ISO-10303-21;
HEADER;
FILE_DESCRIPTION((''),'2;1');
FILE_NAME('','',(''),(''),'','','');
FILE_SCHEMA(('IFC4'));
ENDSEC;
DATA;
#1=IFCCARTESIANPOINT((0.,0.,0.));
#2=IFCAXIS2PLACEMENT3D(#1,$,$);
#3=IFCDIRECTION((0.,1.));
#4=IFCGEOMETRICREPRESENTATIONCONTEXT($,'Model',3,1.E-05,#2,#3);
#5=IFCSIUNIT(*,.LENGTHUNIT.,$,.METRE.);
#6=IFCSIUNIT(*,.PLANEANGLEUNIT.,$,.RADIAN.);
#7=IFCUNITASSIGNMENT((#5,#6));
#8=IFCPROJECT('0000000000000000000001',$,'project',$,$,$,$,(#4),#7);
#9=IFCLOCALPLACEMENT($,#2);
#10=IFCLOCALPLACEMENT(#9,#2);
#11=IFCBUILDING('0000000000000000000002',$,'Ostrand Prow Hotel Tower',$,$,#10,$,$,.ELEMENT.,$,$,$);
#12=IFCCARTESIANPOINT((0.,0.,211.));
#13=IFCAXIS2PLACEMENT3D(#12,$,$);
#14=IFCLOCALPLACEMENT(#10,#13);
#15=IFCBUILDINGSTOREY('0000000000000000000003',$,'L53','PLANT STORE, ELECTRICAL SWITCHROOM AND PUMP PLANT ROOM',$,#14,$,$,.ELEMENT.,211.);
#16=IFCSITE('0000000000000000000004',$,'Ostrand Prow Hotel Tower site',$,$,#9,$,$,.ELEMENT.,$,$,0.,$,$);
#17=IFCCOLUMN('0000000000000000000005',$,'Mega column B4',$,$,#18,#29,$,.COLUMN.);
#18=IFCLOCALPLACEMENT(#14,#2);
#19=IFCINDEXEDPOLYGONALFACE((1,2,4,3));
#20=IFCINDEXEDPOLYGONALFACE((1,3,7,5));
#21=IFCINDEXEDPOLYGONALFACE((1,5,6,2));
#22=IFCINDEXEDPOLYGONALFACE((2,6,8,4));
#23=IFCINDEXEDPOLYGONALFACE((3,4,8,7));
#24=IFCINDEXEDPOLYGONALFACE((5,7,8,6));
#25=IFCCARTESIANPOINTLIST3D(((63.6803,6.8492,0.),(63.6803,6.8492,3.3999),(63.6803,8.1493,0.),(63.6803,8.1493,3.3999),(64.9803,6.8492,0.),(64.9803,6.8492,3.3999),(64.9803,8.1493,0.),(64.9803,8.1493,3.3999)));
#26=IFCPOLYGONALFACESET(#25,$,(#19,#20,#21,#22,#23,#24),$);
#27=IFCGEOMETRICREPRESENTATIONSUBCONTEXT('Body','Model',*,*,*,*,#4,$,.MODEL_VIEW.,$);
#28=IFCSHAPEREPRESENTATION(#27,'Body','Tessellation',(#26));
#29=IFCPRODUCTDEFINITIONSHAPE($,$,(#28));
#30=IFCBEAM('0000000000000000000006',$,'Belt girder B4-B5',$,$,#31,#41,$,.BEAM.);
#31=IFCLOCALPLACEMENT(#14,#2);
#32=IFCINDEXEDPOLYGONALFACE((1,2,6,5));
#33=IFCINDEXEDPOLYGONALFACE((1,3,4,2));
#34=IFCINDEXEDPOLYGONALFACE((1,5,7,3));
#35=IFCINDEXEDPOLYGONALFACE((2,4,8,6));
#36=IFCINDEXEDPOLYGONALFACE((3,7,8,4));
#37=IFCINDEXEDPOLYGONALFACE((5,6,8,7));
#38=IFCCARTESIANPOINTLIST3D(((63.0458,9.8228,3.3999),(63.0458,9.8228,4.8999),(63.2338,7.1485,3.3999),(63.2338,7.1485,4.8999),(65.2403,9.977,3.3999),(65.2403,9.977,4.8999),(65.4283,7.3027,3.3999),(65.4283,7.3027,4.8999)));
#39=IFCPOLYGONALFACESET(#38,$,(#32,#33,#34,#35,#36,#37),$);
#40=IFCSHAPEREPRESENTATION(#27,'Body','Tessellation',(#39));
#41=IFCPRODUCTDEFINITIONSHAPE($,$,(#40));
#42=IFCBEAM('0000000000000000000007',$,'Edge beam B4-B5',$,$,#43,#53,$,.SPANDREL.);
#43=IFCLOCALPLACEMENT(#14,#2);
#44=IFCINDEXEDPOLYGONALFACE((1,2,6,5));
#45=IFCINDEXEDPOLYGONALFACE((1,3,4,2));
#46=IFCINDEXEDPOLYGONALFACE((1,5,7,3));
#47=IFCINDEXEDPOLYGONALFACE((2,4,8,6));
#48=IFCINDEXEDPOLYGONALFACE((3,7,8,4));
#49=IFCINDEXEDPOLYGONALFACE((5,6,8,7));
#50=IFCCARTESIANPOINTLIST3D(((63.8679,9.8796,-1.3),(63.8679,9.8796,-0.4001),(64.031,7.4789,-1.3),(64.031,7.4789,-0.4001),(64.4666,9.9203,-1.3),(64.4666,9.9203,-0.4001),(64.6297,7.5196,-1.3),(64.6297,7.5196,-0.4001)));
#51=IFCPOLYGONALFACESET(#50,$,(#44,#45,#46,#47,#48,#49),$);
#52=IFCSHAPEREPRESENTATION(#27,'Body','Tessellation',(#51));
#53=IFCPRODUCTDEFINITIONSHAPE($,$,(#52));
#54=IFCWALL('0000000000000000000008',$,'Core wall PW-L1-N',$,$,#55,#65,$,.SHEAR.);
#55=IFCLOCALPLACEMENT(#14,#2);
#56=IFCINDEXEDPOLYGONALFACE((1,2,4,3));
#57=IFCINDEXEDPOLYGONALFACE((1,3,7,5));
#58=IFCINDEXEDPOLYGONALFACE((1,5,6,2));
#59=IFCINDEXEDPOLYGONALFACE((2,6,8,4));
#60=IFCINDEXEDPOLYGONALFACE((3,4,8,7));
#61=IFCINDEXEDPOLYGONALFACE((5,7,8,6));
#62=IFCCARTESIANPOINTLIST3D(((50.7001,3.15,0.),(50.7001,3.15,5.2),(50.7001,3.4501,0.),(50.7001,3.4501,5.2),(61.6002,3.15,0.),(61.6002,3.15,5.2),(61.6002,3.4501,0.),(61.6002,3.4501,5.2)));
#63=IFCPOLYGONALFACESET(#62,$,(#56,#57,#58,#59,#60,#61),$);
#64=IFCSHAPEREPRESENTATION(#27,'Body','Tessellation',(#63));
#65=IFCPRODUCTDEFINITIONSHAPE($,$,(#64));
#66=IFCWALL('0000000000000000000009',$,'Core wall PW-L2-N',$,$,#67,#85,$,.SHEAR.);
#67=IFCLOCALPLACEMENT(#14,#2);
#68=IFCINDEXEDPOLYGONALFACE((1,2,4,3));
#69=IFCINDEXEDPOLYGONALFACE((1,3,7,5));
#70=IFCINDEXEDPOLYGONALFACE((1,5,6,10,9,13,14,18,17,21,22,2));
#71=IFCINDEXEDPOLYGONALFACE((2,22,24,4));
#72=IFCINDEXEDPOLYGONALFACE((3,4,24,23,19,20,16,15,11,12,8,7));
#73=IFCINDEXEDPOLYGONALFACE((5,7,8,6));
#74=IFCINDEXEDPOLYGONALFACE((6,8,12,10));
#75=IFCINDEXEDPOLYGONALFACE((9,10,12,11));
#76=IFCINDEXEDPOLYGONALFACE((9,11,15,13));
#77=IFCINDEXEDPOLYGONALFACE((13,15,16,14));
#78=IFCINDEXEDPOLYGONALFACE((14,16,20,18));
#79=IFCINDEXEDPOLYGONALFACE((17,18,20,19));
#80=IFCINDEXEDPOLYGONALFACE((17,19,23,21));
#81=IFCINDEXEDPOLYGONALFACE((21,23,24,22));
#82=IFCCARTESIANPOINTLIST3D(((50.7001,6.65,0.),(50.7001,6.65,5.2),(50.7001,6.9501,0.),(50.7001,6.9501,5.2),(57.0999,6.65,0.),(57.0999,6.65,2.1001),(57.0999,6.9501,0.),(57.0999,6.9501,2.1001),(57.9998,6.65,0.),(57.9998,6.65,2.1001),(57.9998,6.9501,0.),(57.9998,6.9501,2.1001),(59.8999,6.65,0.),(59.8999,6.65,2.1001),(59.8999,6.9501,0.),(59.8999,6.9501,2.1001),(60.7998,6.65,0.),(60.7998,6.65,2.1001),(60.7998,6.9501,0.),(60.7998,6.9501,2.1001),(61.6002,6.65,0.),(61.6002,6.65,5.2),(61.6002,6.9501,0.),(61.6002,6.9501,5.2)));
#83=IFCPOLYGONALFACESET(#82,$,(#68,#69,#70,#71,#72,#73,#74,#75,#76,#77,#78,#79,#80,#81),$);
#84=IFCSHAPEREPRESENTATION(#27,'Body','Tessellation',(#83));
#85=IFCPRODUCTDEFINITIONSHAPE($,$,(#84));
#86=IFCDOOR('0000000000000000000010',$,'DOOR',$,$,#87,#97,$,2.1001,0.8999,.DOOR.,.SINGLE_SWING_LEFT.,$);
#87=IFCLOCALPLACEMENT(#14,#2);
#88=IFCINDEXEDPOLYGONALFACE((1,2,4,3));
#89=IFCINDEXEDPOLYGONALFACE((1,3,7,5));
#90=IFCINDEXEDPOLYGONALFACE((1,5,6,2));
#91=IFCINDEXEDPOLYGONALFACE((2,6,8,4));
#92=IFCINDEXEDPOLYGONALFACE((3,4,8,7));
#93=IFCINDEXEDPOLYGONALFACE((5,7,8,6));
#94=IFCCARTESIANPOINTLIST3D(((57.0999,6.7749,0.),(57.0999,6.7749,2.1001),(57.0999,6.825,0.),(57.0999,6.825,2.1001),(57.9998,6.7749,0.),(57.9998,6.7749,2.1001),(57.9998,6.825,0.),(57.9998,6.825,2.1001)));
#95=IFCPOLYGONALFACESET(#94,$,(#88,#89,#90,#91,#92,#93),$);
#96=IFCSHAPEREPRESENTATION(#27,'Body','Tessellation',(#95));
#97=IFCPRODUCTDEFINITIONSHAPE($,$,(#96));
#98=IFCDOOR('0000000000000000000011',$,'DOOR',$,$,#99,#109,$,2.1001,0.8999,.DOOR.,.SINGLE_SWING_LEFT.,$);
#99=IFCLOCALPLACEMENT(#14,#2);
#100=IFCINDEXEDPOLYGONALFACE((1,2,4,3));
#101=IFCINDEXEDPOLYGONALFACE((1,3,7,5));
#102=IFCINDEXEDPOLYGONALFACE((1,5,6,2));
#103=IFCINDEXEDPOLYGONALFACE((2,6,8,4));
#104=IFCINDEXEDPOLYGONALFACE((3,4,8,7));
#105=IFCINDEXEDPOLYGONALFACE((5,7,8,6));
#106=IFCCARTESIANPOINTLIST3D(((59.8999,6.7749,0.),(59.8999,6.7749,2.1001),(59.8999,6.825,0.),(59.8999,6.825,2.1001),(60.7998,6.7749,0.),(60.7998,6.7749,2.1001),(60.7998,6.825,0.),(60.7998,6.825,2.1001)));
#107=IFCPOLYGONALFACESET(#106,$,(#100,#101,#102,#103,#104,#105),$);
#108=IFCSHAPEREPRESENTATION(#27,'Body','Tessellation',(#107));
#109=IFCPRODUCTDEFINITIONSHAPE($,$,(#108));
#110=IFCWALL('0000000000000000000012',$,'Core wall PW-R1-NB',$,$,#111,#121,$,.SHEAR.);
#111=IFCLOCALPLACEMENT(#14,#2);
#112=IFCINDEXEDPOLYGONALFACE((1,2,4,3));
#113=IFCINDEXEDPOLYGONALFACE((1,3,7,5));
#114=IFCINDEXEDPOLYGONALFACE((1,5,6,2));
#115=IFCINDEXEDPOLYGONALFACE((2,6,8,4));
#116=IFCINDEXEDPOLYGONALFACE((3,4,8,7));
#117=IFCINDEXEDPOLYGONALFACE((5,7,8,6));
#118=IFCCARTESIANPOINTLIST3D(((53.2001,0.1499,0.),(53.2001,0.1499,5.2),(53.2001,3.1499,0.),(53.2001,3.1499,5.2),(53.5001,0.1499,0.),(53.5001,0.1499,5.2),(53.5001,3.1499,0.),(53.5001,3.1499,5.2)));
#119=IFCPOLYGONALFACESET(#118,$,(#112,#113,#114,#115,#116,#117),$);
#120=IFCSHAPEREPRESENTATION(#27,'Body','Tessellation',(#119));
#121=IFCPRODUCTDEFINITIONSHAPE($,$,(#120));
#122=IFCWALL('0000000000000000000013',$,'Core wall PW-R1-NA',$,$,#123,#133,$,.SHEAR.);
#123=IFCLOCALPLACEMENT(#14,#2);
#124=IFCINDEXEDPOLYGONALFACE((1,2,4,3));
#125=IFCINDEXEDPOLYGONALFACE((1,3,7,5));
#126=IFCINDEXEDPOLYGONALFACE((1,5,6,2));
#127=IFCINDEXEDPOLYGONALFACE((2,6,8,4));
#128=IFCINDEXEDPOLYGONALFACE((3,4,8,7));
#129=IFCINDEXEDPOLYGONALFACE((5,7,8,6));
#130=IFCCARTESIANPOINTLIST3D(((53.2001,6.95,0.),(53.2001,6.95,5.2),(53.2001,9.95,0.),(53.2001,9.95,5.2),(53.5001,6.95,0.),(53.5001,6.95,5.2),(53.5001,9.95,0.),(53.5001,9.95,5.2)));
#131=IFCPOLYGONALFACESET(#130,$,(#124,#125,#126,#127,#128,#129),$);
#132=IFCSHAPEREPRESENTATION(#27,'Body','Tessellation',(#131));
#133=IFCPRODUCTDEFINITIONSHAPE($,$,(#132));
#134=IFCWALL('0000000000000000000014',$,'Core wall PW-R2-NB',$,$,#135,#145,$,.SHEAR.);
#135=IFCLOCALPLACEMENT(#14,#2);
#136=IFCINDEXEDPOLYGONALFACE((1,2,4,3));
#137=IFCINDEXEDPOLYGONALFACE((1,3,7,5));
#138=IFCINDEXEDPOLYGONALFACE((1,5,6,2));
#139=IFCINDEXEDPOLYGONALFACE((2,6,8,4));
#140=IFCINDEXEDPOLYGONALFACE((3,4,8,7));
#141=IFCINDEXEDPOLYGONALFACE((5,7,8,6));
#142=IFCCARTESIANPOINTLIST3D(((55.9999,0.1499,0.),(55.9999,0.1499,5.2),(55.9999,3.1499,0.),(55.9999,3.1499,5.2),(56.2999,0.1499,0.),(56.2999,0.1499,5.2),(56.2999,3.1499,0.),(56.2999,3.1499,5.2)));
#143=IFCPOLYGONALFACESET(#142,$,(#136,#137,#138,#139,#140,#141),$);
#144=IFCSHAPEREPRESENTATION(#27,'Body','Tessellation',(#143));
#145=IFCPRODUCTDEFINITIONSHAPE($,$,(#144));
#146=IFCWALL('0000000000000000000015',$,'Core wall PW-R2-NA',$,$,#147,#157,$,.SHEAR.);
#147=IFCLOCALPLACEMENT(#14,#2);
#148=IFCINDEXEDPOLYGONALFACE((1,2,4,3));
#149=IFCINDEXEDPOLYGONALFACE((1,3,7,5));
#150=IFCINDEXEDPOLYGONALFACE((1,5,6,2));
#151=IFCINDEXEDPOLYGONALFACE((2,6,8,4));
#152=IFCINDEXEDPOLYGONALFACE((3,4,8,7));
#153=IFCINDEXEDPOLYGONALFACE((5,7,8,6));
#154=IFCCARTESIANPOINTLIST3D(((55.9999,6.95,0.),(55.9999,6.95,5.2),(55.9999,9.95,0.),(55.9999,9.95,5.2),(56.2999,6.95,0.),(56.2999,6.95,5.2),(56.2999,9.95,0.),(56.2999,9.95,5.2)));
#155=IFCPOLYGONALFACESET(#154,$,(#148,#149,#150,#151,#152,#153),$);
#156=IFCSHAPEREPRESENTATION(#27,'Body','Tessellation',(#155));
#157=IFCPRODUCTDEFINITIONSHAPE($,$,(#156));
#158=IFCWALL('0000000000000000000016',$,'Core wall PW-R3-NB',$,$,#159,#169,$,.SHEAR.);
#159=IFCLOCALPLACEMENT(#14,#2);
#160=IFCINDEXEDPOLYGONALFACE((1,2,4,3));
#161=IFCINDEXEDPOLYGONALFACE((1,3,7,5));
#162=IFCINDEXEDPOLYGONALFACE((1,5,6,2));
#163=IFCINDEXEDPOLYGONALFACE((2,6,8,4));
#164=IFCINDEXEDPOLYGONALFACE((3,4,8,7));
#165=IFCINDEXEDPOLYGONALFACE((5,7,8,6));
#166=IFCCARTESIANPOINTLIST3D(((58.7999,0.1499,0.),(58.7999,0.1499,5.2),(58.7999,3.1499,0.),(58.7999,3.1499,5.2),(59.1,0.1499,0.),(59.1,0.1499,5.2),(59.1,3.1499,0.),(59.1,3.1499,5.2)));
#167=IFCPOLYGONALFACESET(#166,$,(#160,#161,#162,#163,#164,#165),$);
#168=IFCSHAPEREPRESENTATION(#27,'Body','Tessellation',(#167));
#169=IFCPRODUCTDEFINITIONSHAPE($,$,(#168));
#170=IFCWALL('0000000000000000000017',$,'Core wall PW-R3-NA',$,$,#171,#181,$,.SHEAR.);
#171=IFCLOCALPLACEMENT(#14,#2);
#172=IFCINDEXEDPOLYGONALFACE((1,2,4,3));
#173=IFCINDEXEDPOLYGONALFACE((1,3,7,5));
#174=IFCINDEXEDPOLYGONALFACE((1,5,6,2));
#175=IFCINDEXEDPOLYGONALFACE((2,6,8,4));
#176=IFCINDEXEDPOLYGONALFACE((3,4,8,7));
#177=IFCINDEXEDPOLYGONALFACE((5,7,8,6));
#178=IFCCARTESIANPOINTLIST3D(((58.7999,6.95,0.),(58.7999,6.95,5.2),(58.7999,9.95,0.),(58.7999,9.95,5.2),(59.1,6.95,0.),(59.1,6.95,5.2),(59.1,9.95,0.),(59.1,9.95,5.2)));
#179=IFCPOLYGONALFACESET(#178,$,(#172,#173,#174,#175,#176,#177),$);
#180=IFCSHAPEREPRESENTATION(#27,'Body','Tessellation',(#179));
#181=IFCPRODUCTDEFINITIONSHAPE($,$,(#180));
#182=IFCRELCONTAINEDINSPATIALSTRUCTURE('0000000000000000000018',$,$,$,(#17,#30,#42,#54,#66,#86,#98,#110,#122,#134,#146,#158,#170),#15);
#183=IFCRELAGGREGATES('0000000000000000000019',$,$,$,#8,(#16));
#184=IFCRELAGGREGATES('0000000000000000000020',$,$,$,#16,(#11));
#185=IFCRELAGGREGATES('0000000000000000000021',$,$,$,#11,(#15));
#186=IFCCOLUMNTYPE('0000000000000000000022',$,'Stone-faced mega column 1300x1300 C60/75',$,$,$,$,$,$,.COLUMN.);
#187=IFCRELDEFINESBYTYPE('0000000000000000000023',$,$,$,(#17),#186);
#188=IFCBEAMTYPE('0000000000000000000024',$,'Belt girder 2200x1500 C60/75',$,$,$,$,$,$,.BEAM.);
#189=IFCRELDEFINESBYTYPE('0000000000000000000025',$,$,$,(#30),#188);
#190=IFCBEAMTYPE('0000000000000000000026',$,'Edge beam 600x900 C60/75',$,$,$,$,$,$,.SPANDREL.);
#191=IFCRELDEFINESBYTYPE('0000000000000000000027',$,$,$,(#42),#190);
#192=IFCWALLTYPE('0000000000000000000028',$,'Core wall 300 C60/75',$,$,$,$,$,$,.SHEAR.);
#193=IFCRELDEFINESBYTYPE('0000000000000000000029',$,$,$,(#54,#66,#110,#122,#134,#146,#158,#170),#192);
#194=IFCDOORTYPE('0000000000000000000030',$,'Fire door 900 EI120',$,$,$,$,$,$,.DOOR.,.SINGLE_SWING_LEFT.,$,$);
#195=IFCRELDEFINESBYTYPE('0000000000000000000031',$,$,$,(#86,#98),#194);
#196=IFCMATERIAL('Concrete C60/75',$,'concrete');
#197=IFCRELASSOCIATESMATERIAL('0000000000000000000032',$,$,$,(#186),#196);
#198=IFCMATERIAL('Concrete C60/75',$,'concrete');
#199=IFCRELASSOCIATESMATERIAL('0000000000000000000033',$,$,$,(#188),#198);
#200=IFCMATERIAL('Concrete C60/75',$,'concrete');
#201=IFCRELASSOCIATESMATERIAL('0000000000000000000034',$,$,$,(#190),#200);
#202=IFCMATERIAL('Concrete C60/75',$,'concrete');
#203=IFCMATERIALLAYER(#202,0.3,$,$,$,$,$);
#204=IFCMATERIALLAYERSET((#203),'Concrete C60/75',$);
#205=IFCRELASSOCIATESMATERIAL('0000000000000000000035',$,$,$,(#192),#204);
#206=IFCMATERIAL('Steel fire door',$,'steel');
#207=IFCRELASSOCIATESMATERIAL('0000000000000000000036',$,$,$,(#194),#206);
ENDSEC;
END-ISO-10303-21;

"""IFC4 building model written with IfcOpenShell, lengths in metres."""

from ifc_helpers import new_model, si_unit, direction, frame, frame_2d, origin, origin_2d, place, context, subcontext, project, spatial, rectangle, extrude, material, layer, layer_set, material_profile, profile_set, type_object, element, fill, save


model = new_model("IFC4")

# Units and contexts
model_context = context("Model", 3, precision=1e-05, world=origin(), true_north=direction((0.0, 1.0)))
body_context = subcontext(model_context, "Body", "Model", "MODEL_VIEW")
ifc_project = project(units=[si_unit("LENGTHUNIT", "METRE"), si_unit("PLANEANGLEUNIT", "RADIAN")], contexts=[model_context])

# Site, building, storey
site_placement = place(None, origin())
site = spatial("IfcSite", under=ifc_project, at=site_placement, Name="Ostrand Prow Hotel Tower site", CompositionType="ELEMENT", RefElevation=0.0)
building_placement = place(site_placement, origin())
building = spatial("IfcBuilding", under=site, at=building_placement, Name="Ostrand Prow Hotel Tower", CompositionType="ELEMENT")
storey_placement = place(building_placement, frame((0.0, 0.0, 211.0)))
storey = spatial("IfcBuildingStorey", under=building, at=storey_placement, Name="L53", Description="PLANT STORE, ELECTRICAL SWITCHROOM AND PUMP PLANT ROOM", CompositionType="ELEMENT", Elevation=211.0)

# Column
ifc_material_1 = material(Name="Concrete C60/75", Category="concrete")
ifc_material_profile_1 = material_profile(ifc_material_1, rectangle(XDim=1.3, YDim=1.3, at=origin_2d()), Name="RC 1300x1300")
ifc_profile_set_1 = profile_set([ifc_material_profile_1], Name="Concrete C60/75")
column_type = type_object("IfcColumnType", Name="Stone-faced mega column 1300x1300 C60/75", PredefinedType="COLUMN", material=ifc_profile_set_1)
column_placement = place(storey_placement, frame((64.3303, 7.4993, 0.0), z_axis=(0.0, 0.0, 1.0), x_axis=(1.0, 0.0, 0.0)))
element("IfcColumn", 1, at=column_placement, inside=storey, type_object=column_type, Name="Mega column B4", PredefinedType="COLUMN", context=body_context, shape_type="SweptSolid", body=[
    extrude(rectangle(XDim=1.3, YDim=1.3, at=origin_2d()), origin(), (0.0, 0.0, 1.0), 3.3999),
])

# Beams
ifc_material_2 = material(Name="Concrete C60/75", Category="concrete")
ifc_material_profile_2 = material_profile(ifc_material_2, rectangle(XDim=2.2, YDim=1.5, at=origin_2d()), Name="RC 2200x1500")
ifc_profile_set_2 = profile_set([ifc_material_profile_2], Name="Concrete C60/75")
beam_type_1 = type_object("IfcBeamType", Name="Belt girder 2200x1500 C60/75", PredefinedType="BEAM", material=ifc_profile_set_2)
beam_1_placement = place(storey_placement, frame((64.3311, 7.2256, 4.1499), z_axis=(-0.070121, 0.997538, 0.0), x_axis=(-0.997538, -0.070121, 0.0)))
element("IfcBeam", 2, at=beam_1_placement, inside=storey, type_object=beam_type_1, Name="Belt girder B4-B5", PredefinedType="BEAM", context=body_context, shape_type="SweptSolid", body=[
    extrude(rectangle(XDim=2.2, YDim=1.5, at=origin_2d()), origin(), (0.0, 0.0, 1.0), 2.6809),
])
ifc_material_3 = material(Name="Concrete C60/75", Category="concrete")
ifc_material_profile_3 = material_profile(ifc_material_3, rectangle(XDim=0.6001, YDim=0.8999, at=origin_2d()), Name="RC 600x900")
ifc_profile_set_3 = profile_set([ifc_material_profile_3], Name="Concrete C60/75")
beam_type_2 = type_object("IfcBeamType", Name="Edge beam 600x900 C60/75", PredefinedType="SPANDREL", material=ifc_profile_set_3)
beam_2_placement = place(storey_placement, frame((64.3303, 7.4993, -0.8501), z_axis=(-0.067778, 0.9977, 0.0), x_axis=(-0.9977, -0.067778, 0.0)))
element("IfcBeam", 3, at=beam_2_placement, inside=storey, type_object=beam_type_2, Name="Edge beam B4-B5", PredefinedType="SPANDREL", context=body_context, shape_type="SweptSolid", body=[
    extrude(rectangle(XDim=0.6001, YDim=0.8999, at=origin_2d()), origin(), (0.0, 0.0, 1.0), 2.4062),
])

# Wall
ifc_material_4 = material(Name="Concrete C60/75", Category="concrete")
ifc_layer_1 = layer(ifc_material_4, 0.3)
ifc_layer_set_1 = layer_set([ifc_layer_1], Name="Concrete C60/75")
wall_type_1 = type_object("IfcWallType", Name="Core wall 300 C60/75", PredefinedType="SHEAR", material=ifc_layer_set_1)
wall_1_placement = place(storey_placement, frame((50.7, 3.3, 0.0), z_axis=(0.0, 0.0, 1.0), x_axis=(1.0, 0.0, 0.0)))
element("IfcWall", 4, at=wall_1_placement, inside=storey, type_object=wall_type_1, Name="Core wall PW-L1-N", PredefinedType="SHEAR", context=body_context, shape_type="SweptSolid", body=[
    extrude(rectangle(XDim=10.9001, YDim=0.3, at=frame_2d((5.4502, 0.0))), origin(), (0.0, 0.0, 1.0), 5.2),
])

# Wall, openings, doors
wall_2_placement = place(storey_placement, frame((50.7, 6.8, 0.0), z_axis=(0.0, 0.0, 1.0), x_axis=(1.0, 0.0, 0.0)))
wall_2 = element("IfcWall", 5, at=wall_2_placement, inside=storey, type_object=wall_type_1, Name="Core wall PW-L2-N", PredefinedType="SHEAR", context=body_context, shape_type="SweptSolid", body=[
    extrude(rectangle(XDim=10.9001, YDim=0.3, at=frame_2d((5.4502, 0.0))), origin(), (0.0, 0.0, 1.0), 5.2),
])
opening_1_placement = place(wall_2_placement, frame((6.3999, 0.0, 0.0)))
opening_1 = element("IfcOpeningElement", 6, at=opening_1_placement, cuts=wall_2, PredefinedType="OPENING", context=body_context, shape_type="SweptSolid", body=[
    extrude(rectangle(XDim=0.8999, YDim=2.1001, at=frame_2d((0.45, 1.05))), frame((0.0, 0.1599, 0.0), z_axis=(0.0, -1.0, 0.0), x_axis=(1.0, 0.0, 0.0)), (0.0, 0.0, 1.0), 0.3201),
])
opening_2_placement = place(wall_2_placement, frame((9.2, 0.0, 0.0)))
opening_2 = element("IfcOpeningElement", 7, at=opening_2_placement, cuts=wall_2, PredefinedType="OPENING", context=body_context, shape_type="SweptSolid", body=[
    extrude(rectangle(XDim=0.8999, YDim=2.1001, at=frame_2d((0.45, 1.05))), frame((0.0, 0.1599, 0.0), z_axis=(0.0, -1.0, 0.0), x_axis=(1.0, 0.0, 0.0)), (0.0, 0.0, 1.0), 0.3201),
])
ifc_material_5 = material(Name="Steel fire door", Category="steel")
door_type_1 = type_object("IfcDoorType", Name="Fire door 900 EI120", OperationType="SINGLE_SWING_LEFT", PredefinedType="DOOR", material=ifc_material_5)
door_1_placement = place(opening_1_placement, origin())
door_1 = element("IfcDoor", 8, at=door_1_placement, inside=storey, type_object=door_type_1, Name="DOOR", OperationType="SINGLE_SWING_LEFT", OverallHeight=2.1001, OverallWidth=0.8999, PredefinedType="DOOR", context=body_context, shape_type="SweptSolid", body=[
    extrude(rectangle(XDim=0.8999, YDim=2.1001, at=frame_2d((0.45, 1.05))), frame((0.0, 0.0249, 0.0), z_axis=(0.0, -1.0, 0.0), x_axis=(1.0, 0.0, 0.0)), (0.0, 0.0, 1.0), 0.05),
])
fill(opening_1, door_1)
door_2_placement = place(opening_2_placement, origin())
door_2 = element("IfcDoor", 9, at=door_2_placement, inside=storey, type_object=door_type_1, Name="DOOR", OperationType="SINGLE_SWING_LEFT", OverallHeight=2.1001, OverallWidth=0.8999, PredefinedType="DOOR", context=body_context, shape_type="SweptSolid", body=[
    extrude(rectangle(XDim=0.8999, YDim=2.1001, at=frame_2d((0.45, 1.05))), frame((0.0, 0.0249, 0.0), z_axis=(0.0, -1.0, 0.0), x_axis=(1.0, 0.0, 0.0)), (0.0, 0.0, 1.0), 0.05),
])
fill(opening_2, door_2)

# Walls
for number, where, z_axis, x_axis, name in (
    (10, (53.3501, 0.1499, 0.0), (0.0, 0.0, 1.0), (0.0, 1.0, 0.0), "Core wall PW-R1-NB"),
    (11, (53.3501, 6.95, 0.0), (0.0, 0.0, 1.0), (0.0, 1.0, 0.0), "Core wall PW-R1-NA"),
    (12, (56.1499, 0.1499, 0.0), (0.0, 0.0, 1.0), (0.0, 1.0, 0.0), "Core wall PW-R2-NB"),
    (13, (56.1499, 6.95, 0.0), (0.0, 0.0, 1.0), (0.0, 1.0, 0.0), "Core wall PW-R2-NA"),
    (14, (58.95, 0.1499, 0.0), (0.0, 0.0, 1.0), (0.0, 1.0, 0.0), "Core wall PW-R3-NB"),
    (15, (58.95, 6.95, 0.0), (0.0, 0.0, 1.0), (0.0, 1.0, 0.0), "Core wall PW-R3-NA"),
):
    element("IfcWall", number, at=place(storey_placement, frame(where, z_axis=z_axis, x_axis=x_axis)), inside=storey, type_object=wall_type_1, Name=name, PredefinedType="SHEAR", context=body_context, shape_type="SweptSolid", body=[
        extrude(rectangle(XDim=3.0, YDim=0.3, at=frame_2d((1.5, 0.0))), origin(), (0.0, 0.0, 1.0), 5.2),
    ])

save(model, "model.ifc")
